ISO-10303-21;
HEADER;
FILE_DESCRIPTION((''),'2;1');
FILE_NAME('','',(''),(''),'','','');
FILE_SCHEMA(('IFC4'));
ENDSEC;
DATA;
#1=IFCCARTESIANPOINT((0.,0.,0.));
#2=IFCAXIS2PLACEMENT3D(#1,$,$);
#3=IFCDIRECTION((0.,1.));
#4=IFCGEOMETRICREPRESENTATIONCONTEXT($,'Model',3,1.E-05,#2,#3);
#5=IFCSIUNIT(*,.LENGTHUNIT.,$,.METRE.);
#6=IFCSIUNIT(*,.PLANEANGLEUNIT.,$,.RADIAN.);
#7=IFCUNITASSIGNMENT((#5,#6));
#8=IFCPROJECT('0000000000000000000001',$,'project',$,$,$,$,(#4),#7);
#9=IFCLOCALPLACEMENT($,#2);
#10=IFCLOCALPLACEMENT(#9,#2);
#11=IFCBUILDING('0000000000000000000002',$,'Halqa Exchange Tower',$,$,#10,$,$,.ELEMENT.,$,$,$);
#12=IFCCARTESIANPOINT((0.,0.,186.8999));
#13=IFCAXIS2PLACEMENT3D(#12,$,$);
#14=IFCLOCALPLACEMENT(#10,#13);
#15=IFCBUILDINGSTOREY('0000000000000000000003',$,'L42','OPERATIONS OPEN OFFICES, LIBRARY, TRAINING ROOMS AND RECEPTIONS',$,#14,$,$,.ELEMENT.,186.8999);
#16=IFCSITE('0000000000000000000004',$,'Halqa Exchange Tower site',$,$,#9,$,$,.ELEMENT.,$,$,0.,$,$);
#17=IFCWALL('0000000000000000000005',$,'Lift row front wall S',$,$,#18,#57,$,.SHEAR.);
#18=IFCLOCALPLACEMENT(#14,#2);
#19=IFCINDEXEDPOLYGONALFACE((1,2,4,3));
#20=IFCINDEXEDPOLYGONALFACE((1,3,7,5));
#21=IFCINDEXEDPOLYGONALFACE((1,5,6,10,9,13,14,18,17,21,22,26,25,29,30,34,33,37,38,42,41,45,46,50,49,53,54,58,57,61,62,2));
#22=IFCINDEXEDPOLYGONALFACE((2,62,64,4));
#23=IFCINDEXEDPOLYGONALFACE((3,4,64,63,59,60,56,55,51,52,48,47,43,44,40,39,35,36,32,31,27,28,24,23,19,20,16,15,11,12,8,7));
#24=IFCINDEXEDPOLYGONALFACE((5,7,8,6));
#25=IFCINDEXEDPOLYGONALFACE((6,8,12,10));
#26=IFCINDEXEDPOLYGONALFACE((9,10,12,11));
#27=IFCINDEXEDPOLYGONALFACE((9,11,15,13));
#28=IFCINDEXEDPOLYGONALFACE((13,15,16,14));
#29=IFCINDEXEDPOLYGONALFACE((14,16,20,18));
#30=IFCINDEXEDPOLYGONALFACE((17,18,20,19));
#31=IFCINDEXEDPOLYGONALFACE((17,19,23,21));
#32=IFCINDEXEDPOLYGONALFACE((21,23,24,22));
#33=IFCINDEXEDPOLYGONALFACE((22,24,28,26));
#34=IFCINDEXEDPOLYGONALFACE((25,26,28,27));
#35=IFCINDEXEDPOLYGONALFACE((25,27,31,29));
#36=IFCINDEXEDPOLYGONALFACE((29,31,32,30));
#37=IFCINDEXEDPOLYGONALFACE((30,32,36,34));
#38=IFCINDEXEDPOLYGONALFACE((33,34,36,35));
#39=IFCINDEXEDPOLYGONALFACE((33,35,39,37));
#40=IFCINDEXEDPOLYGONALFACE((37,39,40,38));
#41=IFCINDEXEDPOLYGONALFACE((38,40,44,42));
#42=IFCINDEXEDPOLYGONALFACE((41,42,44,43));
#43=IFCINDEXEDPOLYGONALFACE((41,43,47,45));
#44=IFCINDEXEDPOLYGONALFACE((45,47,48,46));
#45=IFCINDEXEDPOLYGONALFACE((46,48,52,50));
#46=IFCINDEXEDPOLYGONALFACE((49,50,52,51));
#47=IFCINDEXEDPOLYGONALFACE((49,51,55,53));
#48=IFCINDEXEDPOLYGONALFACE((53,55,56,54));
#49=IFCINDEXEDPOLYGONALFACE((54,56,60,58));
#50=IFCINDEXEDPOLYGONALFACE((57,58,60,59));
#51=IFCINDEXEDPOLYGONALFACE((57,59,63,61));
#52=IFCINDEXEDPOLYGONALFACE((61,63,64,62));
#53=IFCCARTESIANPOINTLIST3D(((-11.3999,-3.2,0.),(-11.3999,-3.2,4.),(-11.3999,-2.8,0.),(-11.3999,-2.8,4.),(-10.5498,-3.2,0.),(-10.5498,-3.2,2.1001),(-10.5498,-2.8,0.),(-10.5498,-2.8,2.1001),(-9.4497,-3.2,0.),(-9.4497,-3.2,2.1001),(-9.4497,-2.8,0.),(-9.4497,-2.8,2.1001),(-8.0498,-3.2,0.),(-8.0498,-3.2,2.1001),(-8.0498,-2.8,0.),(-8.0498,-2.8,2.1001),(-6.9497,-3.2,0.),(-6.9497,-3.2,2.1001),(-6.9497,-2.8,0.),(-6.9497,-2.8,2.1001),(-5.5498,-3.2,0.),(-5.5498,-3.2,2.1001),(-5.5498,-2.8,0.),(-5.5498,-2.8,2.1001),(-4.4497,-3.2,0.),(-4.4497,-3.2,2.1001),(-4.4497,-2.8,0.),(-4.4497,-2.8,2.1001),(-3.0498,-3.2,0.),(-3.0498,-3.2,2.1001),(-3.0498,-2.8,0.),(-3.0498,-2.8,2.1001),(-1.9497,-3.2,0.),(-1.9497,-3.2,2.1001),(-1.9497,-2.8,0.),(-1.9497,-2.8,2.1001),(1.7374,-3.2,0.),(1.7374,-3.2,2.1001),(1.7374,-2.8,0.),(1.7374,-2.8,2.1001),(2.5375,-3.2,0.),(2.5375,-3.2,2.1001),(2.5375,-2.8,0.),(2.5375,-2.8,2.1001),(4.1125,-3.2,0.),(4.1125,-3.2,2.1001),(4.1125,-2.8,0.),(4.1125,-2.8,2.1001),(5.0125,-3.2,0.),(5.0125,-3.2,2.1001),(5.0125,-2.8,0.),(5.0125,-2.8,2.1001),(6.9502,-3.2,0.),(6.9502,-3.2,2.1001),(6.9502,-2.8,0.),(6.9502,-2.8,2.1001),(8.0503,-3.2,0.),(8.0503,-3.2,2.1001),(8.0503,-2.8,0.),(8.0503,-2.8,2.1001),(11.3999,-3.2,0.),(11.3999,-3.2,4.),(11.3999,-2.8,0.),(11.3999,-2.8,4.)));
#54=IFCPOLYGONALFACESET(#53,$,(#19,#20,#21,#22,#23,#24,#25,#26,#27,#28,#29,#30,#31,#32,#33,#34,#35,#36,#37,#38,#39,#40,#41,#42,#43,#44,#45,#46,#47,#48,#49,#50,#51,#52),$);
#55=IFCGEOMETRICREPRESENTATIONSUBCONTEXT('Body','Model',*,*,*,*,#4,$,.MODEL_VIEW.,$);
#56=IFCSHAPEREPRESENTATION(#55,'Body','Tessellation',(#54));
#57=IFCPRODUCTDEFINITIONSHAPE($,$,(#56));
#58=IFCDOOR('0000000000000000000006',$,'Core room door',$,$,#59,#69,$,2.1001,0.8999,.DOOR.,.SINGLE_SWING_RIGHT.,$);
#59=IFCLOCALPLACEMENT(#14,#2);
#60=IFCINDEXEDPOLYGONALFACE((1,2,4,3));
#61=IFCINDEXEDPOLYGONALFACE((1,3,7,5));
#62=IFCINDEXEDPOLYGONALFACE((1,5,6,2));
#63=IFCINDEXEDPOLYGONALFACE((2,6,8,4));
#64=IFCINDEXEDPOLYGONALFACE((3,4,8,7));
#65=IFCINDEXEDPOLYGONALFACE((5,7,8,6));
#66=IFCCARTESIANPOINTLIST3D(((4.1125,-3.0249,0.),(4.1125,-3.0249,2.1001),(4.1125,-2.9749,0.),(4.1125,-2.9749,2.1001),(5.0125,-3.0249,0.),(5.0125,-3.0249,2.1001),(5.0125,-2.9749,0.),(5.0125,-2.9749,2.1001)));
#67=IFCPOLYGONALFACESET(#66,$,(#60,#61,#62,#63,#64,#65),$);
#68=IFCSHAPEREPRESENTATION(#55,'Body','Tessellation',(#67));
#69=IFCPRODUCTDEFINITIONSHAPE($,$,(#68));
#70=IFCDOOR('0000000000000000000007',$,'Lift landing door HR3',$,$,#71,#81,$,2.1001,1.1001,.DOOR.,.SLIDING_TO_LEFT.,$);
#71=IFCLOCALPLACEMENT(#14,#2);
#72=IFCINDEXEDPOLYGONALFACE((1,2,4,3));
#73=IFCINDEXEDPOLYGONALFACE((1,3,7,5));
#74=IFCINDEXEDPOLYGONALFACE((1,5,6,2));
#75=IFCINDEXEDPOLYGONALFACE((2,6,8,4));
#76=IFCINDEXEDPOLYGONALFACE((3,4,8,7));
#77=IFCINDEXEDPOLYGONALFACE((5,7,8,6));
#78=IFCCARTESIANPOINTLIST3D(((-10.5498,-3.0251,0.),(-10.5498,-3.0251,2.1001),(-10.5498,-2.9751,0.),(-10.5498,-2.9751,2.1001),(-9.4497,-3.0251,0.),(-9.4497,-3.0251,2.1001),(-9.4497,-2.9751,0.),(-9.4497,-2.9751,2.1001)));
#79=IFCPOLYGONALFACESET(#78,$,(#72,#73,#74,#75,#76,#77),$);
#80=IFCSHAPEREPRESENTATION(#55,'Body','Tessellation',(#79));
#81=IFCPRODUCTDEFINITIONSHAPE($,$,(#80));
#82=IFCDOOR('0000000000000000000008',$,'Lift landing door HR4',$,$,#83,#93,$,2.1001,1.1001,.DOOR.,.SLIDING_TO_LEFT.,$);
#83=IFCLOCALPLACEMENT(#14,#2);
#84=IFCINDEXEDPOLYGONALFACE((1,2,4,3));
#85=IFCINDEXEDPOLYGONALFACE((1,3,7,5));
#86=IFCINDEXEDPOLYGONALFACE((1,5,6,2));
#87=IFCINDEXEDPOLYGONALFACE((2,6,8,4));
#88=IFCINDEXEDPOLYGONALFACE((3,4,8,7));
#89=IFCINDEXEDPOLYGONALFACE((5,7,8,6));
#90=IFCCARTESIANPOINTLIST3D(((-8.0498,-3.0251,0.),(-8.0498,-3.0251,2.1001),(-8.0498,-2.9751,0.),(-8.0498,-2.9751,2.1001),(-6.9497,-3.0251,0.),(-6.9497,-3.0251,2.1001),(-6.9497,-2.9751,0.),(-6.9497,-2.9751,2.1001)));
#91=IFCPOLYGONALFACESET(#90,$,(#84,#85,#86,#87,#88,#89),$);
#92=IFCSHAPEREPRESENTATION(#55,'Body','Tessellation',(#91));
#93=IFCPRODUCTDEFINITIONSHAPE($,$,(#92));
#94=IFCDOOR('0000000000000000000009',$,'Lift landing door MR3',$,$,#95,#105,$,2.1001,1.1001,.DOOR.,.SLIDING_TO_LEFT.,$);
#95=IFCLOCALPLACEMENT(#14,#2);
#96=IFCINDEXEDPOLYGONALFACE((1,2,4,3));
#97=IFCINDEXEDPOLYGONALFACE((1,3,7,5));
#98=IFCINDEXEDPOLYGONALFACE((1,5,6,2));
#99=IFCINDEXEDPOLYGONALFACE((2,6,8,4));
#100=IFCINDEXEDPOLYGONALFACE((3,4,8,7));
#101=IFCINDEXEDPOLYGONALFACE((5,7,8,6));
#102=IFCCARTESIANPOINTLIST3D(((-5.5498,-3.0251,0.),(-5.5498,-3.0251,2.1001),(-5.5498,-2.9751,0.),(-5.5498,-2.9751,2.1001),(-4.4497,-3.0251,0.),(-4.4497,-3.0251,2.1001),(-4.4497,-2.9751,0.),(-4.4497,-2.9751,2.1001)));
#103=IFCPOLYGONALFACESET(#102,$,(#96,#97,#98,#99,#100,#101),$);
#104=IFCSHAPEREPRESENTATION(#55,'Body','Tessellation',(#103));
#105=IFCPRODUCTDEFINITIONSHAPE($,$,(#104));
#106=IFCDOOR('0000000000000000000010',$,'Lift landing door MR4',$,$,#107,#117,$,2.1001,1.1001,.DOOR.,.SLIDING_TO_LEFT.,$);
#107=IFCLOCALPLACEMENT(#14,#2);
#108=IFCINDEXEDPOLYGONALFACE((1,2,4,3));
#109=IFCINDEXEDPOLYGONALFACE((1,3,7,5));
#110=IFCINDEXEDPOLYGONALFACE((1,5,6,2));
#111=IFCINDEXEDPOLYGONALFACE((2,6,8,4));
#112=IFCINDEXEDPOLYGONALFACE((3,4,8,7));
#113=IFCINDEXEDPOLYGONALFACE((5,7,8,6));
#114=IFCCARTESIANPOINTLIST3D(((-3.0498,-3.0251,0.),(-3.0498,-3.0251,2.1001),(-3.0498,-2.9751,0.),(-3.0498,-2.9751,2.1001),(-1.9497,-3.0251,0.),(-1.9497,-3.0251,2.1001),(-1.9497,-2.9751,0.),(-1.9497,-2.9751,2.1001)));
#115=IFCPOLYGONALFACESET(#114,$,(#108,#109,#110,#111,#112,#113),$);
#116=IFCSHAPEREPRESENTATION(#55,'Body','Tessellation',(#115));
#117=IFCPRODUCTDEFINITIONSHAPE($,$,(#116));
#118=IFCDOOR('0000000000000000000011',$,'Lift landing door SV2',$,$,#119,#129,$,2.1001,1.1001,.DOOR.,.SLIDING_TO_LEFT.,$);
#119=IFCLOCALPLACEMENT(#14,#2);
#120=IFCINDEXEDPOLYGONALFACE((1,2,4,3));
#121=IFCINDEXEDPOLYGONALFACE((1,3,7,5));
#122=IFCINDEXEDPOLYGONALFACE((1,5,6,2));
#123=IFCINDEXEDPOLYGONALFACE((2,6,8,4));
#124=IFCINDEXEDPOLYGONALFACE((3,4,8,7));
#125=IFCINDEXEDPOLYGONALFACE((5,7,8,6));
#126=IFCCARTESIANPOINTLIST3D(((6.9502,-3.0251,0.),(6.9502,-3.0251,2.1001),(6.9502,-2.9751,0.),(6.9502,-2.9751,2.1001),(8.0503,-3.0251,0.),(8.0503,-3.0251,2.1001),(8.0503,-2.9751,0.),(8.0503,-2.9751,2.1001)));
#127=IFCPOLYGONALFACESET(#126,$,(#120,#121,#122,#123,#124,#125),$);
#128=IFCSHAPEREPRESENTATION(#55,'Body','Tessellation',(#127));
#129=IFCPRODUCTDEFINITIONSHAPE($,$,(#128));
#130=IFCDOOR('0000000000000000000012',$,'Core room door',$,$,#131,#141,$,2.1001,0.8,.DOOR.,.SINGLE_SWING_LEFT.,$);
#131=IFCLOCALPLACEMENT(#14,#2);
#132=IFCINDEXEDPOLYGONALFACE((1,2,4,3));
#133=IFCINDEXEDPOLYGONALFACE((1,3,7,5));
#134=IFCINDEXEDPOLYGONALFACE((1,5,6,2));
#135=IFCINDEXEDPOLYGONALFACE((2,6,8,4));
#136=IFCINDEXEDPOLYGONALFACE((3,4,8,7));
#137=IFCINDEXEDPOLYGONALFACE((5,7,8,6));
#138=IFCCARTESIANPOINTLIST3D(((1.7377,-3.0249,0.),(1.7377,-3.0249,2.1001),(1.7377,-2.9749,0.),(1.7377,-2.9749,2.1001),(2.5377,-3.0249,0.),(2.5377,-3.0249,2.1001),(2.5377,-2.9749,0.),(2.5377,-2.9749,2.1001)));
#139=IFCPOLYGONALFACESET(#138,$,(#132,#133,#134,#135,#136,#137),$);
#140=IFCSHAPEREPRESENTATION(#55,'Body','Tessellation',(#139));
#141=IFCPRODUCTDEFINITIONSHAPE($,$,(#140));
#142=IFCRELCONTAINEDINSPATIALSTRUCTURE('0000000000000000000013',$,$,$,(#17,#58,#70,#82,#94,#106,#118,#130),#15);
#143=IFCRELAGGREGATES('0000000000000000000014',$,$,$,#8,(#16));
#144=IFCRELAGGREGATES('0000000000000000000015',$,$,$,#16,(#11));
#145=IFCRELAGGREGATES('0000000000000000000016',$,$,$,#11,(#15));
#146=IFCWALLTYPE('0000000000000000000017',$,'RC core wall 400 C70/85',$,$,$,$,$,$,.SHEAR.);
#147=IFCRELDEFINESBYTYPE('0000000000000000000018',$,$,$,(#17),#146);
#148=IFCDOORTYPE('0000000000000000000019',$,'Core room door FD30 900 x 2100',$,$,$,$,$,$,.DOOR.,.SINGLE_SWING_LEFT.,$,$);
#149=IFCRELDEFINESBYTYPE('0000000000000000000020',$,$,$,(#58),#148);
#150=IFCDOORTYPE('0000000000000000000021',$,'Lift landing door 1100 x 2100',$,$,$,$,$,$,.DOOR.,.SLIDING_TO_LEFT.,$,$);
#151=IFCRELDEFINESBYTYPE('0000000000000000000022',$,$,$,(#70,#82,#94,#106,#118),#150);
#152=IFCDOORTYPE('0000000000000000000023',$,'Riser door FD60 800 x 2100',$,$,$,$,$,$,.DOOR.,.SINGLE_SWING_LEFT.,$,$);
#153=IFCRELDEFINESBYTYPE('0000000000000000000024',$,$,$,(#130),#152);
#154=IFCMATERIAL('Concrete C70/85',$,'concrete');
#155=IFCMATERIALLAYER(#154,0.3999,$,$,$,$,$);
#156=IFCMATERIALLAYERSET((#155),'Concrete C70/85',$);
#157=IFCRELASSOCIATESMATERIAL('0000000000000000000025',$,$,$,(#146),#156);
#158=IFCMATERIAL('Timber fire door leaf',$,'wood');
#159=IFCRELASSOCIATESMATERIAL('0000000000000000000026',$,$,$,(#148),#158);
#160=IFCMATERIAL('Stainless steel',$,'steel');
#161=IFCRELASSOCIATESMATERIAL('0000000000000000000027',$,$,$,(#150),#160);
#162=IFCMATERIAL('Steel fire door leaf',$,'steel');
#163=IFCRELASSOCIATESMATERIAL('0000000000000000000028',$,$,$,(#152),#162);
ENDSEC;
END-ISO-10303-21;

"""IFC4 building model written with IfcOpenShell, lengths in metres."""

from ifc_helpers import new_model, si_unit, direction, frame, frame_2d, origin, place, context, subcontext, project, spatial, rectangle, extrude, material, layer, layer_set, type_object, element, fill, save


model = new_model("IFC4")

# Units and contexts
model_context = context("Model", 3, precision=1e-05, world=origin(), true_north=direction((0.0, 1.0)))
body_context = subcontext(model_context, "Body", "Model", "MODEL_VIEW")
ifc_project = project(units=[si_unit("LENGTHUNIT", "METRE"), si_unit("PLANEANGLEUNIT", "RADIAN")], contexts=[model_context])

# Site, building, storey
site_placement = place(None, origin())
site = spatial("IfcSite", under=ifc_project, at=site_placement, Name="Halqa Exchange Tower site", CompositionType="ELEMENT", RefElevation=0.0)
building_placement = place(site_placement, origin())
building = spatial("IfcBuilding", under=site, at=building_placement, Name="Halqa Exchange Tower", CompositionType="ELEMENT")
storey_placement = place(building_placement, frame((0.0, 0.0, 186.8999)))
storey = spatial("IfcBuildingStorey", under=building, at=storey_placement, Name="L42", Description="OPERATIONS OPEN OFFICES, LIBRARY, TRAINING ROOMS AND RECEPTIONS", CompositionType="ELEMENT", Elevation=186.8999)

# Wall, openings, doors
ifc_material_1 = material(Name="Concrete C70/85", Category="concrete")
ifc_layer_1 = layer(ifc_material_1, 0.3999)
ifc_layer_set_1 = layer_set([ifc_layer_1], Name="Concrete C70/85")
wall_type_1 = type_object("IfcWallType", Name="RC core wall 400 C70/85", PredefinedType="SHEAR", material=ifc_layer_set_1)
wall_1_placement = place(storey_placement, frame((-11.3999, -3.0, 0.0), z_axis=(0.0, 0.0, 1.0), x_axis=(1.0, 0.0, 0.0)))
wall_1 = element("IfcWall", 1, at=wall_1_placement, inside=storey, type_object=wall_type_1, Name="Lift row front wall S", PredefinedType="SHEAR", context=body_context, shape_type="SweptSolid", body=[
    extrude(rectangle(XDim=22.7998, YDim=0.3999, at=frame_2d((11.3999, 0.0))), origin(), (0.0, 0.0, 1.0), 4.0),
])
opening_1_placement = place(wall_1_placement, frame((0.8501, 0.0, 0.0)))
opening_1 = element("IfcOpeningElement", 2, at=opening_1_placement, cuts=wall_1, PredefinedType="OPENING", context=body_context, shape_type="SweptSolid", body=[
    extrude(rectangle(XDim=1.1001, YDim=2.1001, at=frame_2d((0.55, 1.05))), frame((0.0, 0.2119, 0.0), z_axis=(0.0, -1.0, 0.0), x_axis=(1.0, 0.0, 0.0)), (0.0, 0.0, 1.0), 0.4238),
])
opening_2_placement = place(wall_1_placement, frame((3.3501, 0.0, 0.0)))
opening_2 = element("IfcOpeningElement", 3, at=opening_2_placement, cuts=wall_1, PredefinedType="OPENING", context=body_context, shape_type="SweptSolid", body=[
    extrude(rectangle(XDim=1.1001, YDim=2.1001, at=frame_2d((0.55, 1.05))), frame((0.0, 0.2119, 0.0), z_axis=(0.0, -1.0, 0.0), x_axis=(1.0, 0.0, 0.0)), (0.0, 0.0, 1.0), 0.4238),
])
opening_3_placement = place(wall_1_placement, frame((5.8501, 0.0, 0.0)))
opening_3 = element("IfcOpeningElement", 4, at=opening_3_placement, cuts=wall_1, PredefinedType="OPENING", context=body_context, shape_type="SweptSolid", body=[
    extrude(rectangle(XDim=1.1001, YDim=2.1001, at=frame_2d((0.55, 1.05))), frame((0.0, 0.2119, 0.0), z_axis=(0.0, -1.0, 0.0), x_axis=(1.0, 0.0, 0.0)), (0.0, 0.0, 1.0), 0.4238),
])
opening_4_placement = place(wall_1_placement, frame((8.3501, 0.0, 0.0)))
opening_4 = element("IfcOpeningElement", 5, at=opening_4_placement, cuts=wall_1, PredefinedType="OPENING", context=body_context, shape_type="SweptSolid", body=[
    extrude(rectangle(XDim=1.1001, YDim=2.1001, at=frame_2d((0.55, 1.05))), frame((0.0, 0.2119, 0.0), z_axis=(0.0, -1.0, 0.0), x_axis=(1.0, 0.0, 0.0)), (0.0, 0.0, 1.0), 0.4238),
])
opening_5_placement = place(wall_1_placement, frame((18.3501, 0.0, 0.0)))
opening_5 = element("IfcOpeningElement", 6, at=opening_5_placement, cuts=wall_1, PredefinedType="OPENING", context=body_context, shape_type="SweptSolid", body=[
    extrude(rectangle(XDim=1.1001, YDim=2.1001, at=frame_2d((0.55, 1.05))), frame((0.0, 0.2119, 0.0), z_axis=(0.0, -1.0, 0.0), x_axis=(1.0, 0.0, 0.0)), (0.0, 0.0, 1.0), 0.4238),
])
opening_6_placement = place(wall_1_placement, frame((13.1375, 0.0, 0.0)))
opening_6 = element("IfcOpeningElement", 7, at=opening_6_placement, cuts=wall_1, PredefinedType="OPENING", context=body_context, shape_type="SweptSolid", body=[
    extrude(rectangle(XDim=0.8, YDim=2.1001, at=frame_2d((0.3999, 1.05))), frame((0.0, 0.2119, 0.0), z_axis=(0.0, -1.0, 0.0), x_axis=(1.0, 0.0, 0.0)), (0.0, 0.0, 1.0), 0.4238),
])
opening_7_placement = place(wall_1_placement, frame((15.5125, 0.0, 0.0)))
opening_7 = element("IfcOpeningElement", 8, at=opening_7_placement, cuts=wall_1, PredefinedType="OPENING", context=body_context, shape_type="SweptSolid", body=[
    extrude(rectangle(XDim=0.8999, YDim=2.1001, at=frame_2d((0.45, 1.05))), frame((0.0, 0.2119, 0.0), z_axis=(0.0, -1.0, 0.0), x_axis=(1.0, 0.0, 0.0)), (0.0, 0.0, 1.0), 0.4238),
])
ifc_material_2 = material(Name="Timber fire door leaf", Category="wood")
door_type_1 = type_object("IfcDoorType", Name="Core room door FD30 900 x 2100", OperationType="SINGLE_SWING_LEFT", PredefinedType="DOOR", material=ifc_material_2)
door_1_placement = place(opening_7_placement, frame((0.8999, 0.0, 0.0), z_axis=(0.0, 0.0, 1.0), x_axis=(-1.0, 0.0, 0.0)))
door_1 = element("IfcDoor", 9, at=door_1_placement, inside=storey, type_object=door_type_1, Name="Core room door", OperationType="SINGLE_SWING_RIGHT", OverallHeight=2.1001, OverallWidth=0.8999, PredefinedType="DOOR", context=body_context, shape_type="SweptSolid", body=[
    extrude(rectangle(XDim=0.8999, YDim=2.1001, at=frame_2d((0.45, 1.05))), frame((0.0, 0.0249, 0.0), z_axis=(0.0, -1.0, 0.0), x_axis=(1.0, 0.0, 0.0)), (0.0, 0.0, 1.0), 0.05),
])
fill(opening_7, door_1)
ifc_material_3 = material(Name="Stainless steel", Category="steel")
door_type_2 = type_object("IfcDoorType", Name="Lift landing door 1100 x 2100", OperationType="SLIDING_TO_LEFT", PredefinedType="DOOR", material=ifc_material_3)
door_2_placement = place(opening_1_placement, origin())
door_2 = element("IfcDoor", 10, at=door_2_placement, inside=storey, type_object=door_type_2, Name="Lift landing door HR3", OperationType="SLIDING_TO_LEFT", OverallHeight=2.1001, OverallWidth=1.1001, PredefinedType="DOOR", context=body_context, shape_type="SweptSolid", body=[
    extrude(rectangle(XDim=1.1001, YDim=2.1001, at=frame_2d((0.55, 1.05))), frame((0.0, 0.0249, 0.0), z_axis=(0.0, -1.0, 0.0), x_axis=(1.0, 0.0, 0.0)), (0.0, 0.0, 1.0), 0.05),
])
fill(opening_1, door_2)
door_3_placement = place(opening_2_placement, origin())
door_3 = element("IfcDoor", 11, at=door_3_placement, inside=storey, type_object=door_type_2, Name="Lift landing door HR4", OperationType="SLIDING_TO_LEFT", OverallHeight=2.1001, OverallWidth=1.1001, PredefinedType="DOOR", context=body_context, shape_type="SweptSolid", body=[
    extrude(rectangle(XDim=1.1001, YDim=2.1001, at=frame_2d((0.55, 1.05))), frame((0.0, 0.0249, 0.0), z_axis=(0.0, -1.0, 0.0), x_axis=(1.0, 0.0, 0.0)), (0.0, 0.0, 1.0), 0.05),
])
fill(opening_2, door_3)
door_4_placement = place(opening_3_placement, origin())
door_4 = element("IfcDoor", 12, at=door_4_placement, inside=storey, type_object=door_type_2, Name="Lift landing door MR3", OperationType="SLIDING_TO_LEFT", OverallHeight=2.1001, OverallWidth=1.1001, PredefinedType="DOOR", context=body_context, shape_type="SweptSolid", body=[
    extrude(rectangle(XDim=1.1001, YDim=2.1001, at=frame_2d((0.55, 1.05))), frame((0.0, 0.0249, 0.0), z_axis=(0.0, -1.0, 0.0), x_axis=(1.0, 0.0, 0.0)), (0.0, 0.0, 1.0), 0.05),
])
fill(opening_3, door_4)
door_5_placement = place(opening_4_placement, origin())
door_5 = element("IfcDoor", 13, at=door_5_placement, inside=storey, type_object=door_type_2, Name="Lift landing door MR4", OperationType="SLIDING_TO_LEFT", OverallHeight=2.1001, OverallWidth=1.1001, PredefinedType="DOOR", context=body_context, shape_type="SweptSolid", body=[
    extrude(rectangle(XDim=1.1001, YDim=2.1001, at=frame_2d((0.55, 1.05))), frame((0.0, 0.0249, 0.0), z_axis=(0.0, -1.0, 0.0), x_axis=(1.0, 0.0, 0.0)), (0.0, 0.0, 1.0), 0.05),
])
fill(opening_4, door_5)
door_6_placement = place(opening_5_placement, origin())
door_6 = element("IfcDoor", 14, at=door_6_placement, inside=storey, type_object=door_type_2, Name="Lift landing door SV2", OperationType="SLIDING_TO_LEFT", OverallHeight=2.1001, OverallWidth=1.1001, PredefinedType="DOOR", context=body_context, shape_type="SweptSolid", body=[
    extrude(rectangle(XDim=1.1001, YDim=2.1001, at=frame_2d((0.55, 1.05))), frame((0.0, 0.0249, 0.0), z_axis=(0.0, -1.0, 0.0), x_axis=(1.0, 0.0, 0.0)), (0.0, 0.0, 1.0), 0.05),
])
fill(opening_5, door_6)
ifc_material_4 = material(Name="Steel fire door leaf", Category="steel")
door_type_3 = type_object("IfcDoorType", Name="Riser door FD60 800 x 2100", OperationType="SINGLE_SWING_LEFT", PredefinedType="DOOR", material=ifc_material_4)
door_7_placement = place(opening_6_placement, frame((0.8, 0.0, 0.0), z_axis=(0.0, 0.0, 1.0), x_axis=(-1.0, 0.0, 0.0)))
door_7 = element("IfcDoor", 15, at=door_7_placement, inside=storey, type_object=door_type_3, Name="Core room door", OperationType="SINGLE_SWING_LEFT", OverallHeight=2.1001, OverallWidth=0.8, PredefinedType="DOOR", context=body_context, shape_type="SweptSolid", body=[
    extrude(rectangle(XDim=0.8, YDim=2.1001, at=frame_2d((0.3999, 1.05))), frame((0.0, 0.0249, 0.0), z_axis=(0.0, -1.0, 0.0), x_axis=(1.0, 0.0, 0.0)), (0.0, 0.0, 1.0), 0.05),
])
fill(opening_6, door_7)

save(model, "model.ifc")
